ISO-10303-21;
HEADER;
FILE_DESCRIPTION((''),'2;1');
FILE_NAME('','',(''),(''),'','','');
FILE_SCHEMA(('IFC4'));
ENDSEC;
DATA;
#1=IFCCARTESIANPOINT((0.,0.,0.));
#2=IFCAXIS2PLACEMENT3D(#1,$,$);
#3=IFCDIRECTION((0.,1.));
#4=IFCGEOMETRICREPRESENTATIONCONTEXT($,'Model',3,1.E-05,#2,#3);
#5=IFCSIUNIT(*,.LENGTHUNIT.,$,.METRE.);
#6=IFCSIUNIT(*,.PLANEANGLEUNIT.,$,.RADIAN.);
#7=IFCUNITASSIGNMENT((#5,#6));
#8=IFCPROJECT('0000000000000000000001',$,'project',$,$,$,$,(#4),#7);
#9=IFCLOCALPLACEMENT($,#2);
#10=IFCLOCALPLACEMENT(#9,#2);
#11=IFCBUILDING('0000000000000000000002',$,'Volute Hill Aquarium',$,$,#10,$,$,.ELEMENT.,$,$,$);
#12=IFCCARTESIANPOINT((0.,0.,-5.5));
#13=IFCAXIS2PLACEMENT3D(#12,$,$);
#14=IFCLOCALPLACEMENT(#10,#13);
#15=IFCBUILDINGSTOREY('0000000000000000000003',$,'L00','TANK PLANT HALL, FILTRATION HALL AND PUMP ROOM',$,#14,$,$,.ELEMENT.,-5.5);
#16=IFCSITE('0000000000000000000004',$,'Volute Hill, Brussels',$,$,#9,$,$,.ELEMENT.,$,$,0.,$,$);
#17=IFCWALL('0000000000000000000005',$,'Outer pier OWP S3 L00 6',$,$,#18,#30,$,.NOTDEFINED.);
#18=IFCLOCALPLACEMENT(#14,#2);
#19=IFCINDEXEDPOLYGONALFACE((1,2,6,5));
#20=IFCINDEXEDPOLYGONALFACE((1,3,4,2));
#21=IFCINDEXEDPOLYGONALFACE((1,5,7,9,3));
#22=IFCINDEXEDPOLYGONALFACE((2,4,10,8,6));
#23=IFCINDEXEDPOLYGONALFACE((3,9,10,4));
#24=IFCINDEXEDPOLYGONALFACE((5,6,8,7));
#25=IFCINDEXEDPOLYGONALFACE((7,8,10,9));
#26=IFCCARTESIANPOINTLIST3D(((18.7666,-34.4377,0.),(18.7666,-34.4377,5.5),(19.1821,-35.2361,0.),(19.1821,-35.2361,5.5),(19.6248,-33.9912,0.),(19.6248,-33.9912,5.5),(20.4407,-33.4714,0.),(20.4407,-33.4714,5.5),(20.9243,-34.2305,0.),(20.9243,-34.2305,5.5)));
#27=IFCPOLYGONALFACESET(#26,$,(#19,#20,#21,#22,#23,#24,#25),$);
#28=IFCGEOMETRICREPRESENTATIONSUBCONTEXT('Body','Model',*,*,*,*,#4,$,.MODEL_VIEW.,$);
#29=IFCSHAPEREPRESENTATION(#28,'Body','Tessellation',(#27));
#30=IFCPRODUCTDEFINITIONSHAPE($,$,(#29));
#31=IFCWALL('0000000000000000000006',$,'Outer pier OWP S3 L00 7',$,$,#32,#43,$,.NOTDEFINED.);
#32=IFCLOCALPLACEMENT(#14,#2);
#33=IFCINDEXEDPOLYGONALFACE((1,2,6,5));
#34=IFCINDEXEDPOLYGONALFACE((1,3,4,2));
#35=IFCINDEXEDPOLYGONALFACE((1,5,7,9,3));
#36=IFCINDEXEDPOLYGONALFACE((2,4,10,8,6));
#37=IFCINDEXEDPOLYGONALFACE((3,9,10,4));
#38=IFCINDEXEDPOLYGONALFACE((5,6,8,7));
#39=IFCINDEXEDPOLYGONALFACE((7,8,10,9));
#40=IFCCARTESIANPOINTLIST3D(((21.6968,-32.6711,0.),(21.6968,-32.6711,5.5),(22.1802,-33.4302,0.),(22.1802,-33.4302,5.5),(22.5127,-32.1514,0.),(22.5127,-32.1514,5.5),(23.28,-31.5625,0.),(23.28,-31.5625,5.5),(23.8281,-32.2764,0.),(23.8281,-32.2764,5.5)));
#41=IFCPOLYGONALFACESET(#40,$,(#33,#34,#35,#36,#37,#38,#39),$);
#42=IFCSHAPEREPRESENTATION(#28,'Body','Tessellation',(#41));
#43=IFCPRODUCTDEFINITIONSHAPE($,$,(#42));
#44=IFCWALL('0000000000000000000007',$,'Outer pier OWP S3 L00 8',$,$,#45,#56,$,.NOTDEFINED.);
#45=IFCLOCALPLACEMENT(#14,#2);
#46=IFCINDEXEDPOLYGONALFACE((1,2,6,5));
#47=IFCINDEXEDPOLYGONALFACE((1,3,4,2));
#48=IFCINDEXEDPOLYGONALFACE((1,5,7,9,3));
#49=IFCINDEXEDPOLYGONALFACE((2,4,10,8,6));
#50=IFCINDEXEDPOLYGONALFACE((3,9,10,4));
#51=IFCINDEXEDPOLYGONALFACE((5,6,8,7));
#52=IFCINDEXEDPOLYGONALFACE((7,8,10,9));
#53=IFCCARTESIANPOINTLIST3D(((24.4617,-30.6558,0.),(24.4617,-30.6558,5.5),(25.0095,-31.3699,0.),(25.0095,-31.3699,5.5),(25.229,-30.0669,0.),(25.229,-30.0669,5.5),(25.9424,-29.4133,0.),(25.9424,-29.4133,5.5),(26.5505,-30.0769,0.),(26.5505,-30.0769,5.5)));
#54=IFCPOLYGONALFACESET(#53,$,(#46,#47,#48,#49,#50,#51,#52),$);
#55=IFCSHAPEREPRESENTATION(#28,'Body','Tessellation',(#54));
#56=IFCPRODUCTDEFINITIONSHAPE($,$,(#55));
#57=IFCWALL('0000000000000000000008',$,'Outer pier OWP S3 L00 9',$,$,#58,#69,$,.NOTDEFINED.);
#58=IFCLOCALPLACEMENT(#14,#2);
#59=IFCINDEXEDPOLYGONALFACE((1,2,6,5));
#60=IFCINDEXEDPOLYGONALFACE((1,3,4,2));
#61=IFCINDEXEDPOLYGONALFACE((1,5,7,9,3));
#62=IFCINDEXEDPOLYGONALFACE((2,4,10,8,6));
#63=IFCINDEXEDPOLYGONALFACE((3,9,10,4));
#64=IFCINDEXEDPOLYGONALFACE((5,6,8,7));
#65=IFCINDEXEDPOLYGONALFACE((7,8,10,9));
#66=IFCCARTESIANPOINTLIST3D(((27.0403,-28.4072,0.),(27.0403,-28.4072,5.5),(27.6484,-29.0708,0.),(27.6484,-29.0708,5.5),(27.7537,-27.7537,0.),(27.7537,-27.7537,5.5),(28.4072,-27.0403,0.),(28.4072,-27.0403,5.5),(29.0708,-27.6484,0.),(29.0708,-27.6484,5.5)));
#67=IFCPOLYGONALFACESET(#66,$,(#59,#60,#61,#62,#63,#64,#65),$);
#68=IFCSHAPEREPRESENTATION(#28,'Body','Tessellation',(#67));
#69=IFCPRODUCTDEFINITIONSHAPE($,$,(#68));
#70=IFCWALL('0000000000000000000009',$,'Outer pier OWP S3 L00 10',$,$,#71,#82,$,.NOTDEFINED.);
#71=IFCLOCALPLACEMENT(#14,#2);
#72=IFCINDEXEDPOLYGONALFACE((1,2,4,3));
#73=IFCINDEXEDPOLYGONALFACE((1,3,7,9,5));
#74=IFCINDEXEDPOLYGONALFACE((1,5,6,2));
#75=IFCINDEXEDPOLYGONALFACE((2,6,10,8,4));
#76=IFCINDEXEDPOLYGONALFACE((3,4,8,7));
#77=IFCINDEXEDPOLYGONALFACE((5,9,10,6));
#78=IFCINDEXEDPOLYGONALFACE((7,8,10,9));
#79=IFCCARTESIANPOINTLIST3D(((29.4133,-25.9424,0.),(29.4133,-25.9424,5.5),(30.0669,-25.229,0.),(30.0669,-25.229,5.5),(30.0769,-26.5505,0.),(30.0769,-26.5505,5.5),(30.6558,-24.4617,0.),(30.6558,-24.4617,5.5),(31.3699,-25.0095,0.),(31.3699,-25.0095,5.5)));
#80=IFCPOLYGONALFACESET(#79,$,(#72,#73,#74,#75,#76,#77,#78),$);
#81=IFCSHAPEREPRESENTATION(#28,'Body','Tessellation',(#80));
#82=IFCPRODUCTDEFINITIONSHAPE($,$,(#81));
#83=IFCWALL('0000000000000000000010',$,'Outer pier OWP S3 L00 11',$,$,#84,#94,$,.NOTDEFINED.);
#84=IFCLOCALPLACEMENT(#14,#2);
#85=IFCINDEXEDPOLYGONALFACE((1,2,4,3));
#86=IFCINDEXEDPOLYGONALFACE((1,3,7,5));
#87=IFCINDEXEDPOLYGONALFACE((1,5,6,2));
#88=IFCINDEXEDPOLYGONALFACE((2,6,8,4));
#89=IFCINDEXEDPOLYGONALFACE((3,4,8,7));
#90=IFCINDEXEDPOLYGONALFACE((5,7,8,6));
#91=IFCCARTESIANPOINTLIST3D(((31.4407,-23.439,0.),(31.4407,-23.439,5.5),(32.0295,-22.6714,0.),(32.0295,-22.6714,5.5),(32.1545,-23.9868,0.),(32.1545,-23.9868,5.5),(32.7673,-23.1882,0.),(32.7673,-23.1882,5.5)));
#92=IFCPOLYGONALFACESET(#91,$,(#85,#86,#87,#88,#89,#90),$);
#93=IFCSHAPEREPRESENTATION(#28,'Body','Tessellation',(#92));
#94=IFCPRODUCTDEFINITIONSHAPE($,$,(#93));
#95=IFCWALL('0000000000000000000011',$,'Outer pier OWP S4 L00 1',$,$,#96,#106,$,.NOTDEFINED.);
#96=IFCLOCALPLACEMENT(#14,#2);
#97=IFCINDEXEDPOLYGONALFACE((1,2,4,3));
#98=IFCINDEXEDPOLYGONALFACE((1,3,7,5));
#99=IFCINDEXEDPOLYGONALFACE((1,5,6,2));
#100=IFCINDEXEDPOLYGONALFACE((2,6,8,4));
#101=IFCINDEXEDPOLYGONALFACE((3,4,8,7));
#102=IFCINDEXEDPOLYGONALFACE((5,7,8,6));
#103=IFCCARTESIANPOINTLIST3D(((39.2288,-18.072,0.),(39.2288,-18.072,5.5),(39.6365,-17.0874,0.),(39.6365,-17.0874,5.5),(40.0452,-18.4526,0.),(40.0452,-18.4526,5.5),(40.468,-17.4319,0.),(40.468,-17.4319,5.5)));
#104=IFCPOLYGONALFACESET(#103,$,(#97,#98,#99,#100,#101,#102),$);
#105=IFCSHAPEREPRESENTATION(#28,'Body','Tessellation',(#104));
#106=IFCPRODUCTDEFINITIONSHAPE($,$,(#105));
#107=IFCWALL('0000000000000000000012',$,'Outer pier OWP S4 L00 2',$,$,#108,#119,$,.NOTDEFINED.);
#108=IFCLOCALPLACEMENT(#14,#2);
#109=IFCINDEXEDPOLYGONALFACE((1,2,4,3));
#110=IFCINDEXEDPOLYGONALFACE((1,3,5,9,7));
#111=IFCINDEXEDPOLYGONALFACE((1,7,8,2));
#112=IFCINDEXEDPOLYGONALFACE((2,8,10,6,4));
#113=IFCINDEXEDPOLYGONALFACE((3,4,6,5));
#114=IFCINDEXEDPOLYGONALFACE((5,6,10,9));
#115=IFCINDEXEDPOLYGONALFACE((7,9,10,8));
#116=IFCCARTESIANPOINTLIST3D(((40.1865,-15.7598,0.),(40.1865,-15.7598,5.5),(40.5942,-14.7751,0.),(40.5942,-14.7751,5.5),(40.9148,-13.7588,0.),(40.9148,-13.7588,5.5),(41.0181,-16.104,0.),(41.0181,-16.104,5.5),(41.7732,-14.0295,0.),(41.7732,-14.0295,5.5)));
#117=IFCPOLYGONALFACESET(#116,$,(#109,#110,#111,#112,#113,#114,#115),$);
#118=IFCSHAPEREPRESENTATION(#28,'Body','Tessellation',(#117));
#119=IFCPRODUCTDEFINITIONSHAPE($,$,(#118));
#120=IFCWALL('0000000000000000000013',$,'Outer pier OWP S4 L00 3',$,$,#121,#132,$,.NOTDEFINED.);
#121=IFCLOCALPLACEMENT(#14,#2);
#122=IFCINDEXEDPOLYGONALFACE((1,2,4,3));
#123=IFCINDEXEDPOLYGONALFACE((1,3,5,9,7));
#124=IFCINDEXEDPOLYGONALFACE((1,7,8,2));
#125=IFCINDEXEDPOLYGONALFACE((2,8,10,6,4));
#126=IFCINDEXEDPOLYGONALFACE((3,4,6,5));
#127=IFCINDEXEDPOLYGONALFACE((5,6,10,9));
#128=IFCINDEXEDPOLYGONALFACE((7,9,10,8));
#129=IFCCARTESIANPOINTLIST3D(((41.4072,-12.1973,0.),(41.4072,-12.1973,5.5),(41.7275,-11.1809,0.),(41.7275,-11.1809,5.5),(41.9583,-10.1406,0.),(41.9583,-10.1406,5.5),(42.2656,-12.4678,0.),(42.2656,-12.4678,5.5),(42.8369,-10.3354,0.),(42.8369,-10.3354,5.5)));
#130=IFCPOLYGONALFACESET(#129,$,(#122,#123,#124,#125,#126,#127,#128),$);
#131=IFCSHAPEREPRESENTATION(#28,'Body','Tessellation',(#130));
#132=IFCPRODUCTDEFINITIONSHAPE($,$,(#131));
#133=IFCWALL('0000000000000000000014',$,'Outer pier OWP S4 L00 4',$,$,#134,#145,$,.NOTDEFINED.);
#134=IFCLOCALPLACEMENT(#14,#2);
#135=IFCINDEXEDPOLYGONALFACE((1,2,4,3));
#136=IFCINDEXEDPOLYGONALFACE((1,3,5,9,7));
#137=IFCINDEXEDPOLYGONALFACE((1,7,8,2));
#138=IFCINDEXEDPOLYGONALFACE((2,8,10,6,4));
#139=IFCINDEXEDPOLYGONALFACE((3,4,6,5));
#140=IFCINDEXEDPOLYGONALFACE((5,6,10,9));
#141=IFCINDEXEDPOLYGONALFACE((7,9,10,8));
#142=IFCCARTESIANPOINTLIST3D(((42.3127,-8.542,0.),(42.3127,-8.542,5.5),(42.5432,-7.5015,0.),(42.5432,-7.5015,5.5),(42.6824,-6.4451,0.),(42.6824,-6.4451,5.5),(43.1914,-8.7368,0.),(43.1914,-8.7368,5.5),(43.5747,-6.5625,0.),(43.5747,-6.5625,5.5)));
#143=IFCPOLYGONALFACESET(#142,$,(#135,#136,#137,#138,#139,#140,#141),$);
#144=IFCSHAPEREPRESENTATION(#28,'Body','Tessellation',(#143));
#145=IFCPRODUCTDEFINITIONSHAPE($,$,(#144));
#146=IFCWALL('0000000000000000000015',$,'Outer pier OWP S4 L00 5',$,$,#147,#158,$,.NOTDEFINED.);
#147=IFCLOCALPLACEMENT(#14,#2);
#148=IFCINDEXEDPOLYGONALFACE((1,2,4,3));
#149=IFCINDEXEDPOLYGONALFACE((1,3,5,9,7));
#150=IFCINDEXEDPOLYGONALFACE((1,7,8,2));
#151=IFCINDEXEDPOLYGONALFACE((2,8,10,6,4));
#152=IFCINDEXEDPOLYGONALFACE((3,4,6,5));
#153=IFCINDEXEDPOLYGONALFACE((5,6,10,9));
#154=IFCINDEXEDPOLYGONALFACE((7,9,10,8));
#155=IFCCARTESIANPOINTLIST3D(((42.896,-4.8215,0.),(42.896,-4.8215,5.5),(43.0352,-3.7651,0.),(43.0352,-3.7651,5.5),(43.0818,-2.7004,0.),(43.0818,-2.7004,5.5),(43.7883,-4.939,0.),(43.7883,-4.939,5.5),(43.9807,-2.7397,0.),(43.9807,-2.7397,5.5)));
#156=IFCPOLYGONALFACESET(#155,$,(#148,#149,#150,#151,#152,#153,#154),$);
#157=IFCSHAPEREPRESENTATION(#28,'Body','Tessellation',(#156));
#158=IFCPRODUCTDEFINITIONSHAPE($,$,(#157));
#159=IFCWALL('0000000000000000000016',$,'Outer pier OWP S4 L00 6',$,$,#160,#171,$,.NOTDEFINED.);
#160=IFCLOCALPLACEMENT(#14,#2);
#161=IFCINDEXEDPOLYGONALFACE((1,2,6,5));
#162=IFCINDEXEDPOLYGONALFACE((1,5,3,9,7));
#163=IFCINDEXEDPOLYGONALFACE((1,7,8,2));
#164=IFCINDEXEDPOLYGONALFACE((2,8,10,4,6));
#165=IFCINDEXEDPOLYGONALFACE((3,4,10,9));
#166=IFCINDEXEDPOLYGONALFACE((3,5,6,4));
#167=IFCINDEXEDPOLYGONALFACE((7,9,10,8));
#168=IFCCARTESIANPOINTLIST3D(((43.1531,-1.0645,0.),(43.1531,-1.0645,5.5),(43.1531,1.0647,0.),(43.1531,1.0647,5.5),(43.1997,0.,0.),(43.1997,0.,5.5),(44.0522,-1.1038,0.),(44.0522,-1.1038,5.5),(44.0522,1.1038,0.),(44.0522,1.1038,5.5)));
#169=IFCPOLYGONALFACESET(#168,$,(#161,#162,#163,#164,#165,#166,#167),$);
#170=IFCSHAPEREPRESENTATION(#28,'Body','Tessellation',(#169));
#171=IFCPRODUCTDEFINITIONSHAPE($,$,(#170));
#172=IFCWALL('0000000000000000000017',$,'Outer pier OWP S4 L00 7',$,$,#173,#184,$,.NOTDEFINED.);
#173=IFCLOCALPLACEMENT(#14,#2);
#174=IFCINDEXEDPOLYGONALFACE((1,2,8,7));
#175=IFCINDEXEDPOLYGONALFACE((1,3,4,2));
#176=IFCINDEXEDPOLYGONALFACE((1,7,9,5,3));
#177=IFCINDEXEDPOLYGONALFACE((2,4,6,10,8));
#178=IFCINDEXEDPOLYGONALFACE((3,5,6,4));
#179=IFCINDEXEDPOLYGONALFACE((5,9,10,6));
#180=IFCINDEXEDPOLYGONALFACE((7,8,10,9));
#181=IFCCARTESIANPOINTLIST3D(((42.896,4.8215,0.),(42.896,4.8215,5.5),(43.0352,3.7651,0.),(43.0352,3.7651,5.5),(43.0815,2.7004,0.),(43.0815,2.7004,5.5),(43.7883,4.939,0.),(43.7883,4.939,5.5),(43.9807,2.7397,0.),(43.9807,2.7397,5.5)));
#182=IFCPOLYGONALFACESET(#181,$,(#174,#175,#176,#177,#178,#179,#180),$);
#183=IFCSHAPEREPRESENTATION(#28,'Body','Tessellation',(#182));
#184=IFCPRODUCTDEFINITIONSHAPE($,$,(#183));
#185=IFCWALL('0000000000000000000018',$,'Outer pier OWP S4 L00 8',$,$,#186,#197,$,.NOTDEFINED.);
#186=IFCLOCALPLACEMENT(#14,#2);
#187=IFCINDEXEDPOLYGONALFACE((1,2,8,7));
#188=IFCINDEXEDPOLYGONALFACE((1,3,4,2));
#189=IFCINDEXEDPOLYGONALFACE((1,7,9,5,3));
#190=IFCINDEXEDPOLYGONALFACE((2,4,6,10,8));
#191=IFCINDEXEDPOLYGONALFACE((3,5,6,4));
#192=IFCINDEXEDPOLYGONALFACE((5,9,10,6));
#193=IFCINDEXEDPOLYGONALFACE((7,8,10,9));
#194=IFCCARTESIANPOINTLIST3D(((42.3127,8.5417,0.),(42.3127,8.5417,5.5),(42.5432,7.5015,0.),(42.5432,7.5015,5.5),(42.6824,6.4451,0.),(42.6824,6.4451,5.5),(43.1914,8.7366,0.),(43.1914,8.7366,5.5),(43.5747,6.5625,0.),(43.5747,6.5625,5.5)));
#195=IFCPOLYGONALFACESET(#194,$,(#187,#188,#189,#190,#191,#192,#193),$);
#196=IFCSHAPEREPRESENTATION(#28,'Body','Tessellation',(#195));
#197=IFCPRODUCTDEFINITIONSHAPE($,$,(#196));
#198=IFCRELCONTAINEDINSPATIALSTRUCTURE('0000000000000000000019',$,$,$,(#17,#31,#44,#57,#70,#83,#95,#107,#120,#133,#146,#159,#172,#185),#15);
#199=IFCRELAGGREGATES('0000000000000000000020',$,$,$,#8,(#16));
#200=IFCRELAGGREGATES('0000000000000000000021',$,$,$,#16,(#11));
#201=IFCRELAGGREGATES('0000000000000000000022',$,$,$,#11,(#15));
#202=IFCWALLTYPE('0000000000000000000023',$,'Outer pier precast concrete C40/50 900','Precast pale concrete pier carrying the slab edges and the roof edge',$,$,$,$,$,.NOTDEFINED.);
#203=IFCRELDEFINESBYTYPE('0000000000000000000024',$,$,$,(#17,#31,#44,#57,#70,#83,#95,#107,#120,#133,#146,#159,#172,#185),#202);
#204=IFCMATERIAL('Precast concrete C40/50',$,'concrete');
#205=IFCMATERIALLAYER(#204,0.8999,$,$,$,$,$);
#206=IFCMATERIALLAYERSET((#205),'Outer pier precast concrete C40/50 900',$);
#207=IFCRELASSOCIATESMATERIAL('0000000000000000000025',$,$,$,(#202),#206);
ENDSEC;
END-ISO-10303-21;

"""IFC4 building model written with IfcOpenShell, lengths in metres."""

from ifc_helpers import new_model, si_unit, direction, frame, origin, place, context, subcontext, project, spatial, polyline, outline, extrude, material, layer, layer_set, type_object, element, save


model = new_model("IFC4")

# Units and contexts
model_context = context("Model", 3, precision=1e-05, world=origin(), true_north=direction((0.0, 1.0)))
body_context = subcontext(model_context, "Body", "Model", "MODEL_VIEW")
ifc_project = project(units=[si_unit("LENGTHUNIT", "METRE"), si_unit("PLANEANGLEUNIT", "RADIAN")], contexts=[model_context])

# Site, building, storey
site_placement = place(None, origin())
site = spatial("IfcSite", under=ifc_project, at=site_placement, Name="Volute Hill, Brussels", CompositionType="ELEMENT", RefElevation=0.0)
building_placement = place(site_placement, origin())
building = spatial("IfcBuilding", under=site, at=building_placement, Name="Volute Hill Aquarium", CompositionType="ELEMENT")
storey_placement = place(building_placement, frame((0.0, 0.0, -5.5)))
storey = spatial("IfcBuildingStorey", under=building, at=storey_placement, Name="L00", Description="TANK PLANT HALL, FILTRATION HALL AND PUMP ROOM", CompositionType="ELEMENT", Elevation=-5.5)

# Walls
ifc_material = material(Name="Precast concrete C40/50", Category="concrete")
ifc_layer = layer(ifc_material, 0.8999)
ifc_layer_set = layer_set([ifc_layer], Name="Outer pier precast concrete C40/50 900")
wall_type = type_object("IfcWallType", Name="Outer pier precast concrete C40/50 900", Description="Precast pale concrete pier carrying the slab edges and the roof edge", PredefinedType="NOTDEFINED", material=ifc_layer_set)
wall_1_placement = place(storey_placement, origin())
element("IfcWall", 1, at=wall_1_placement, inside=storey, type_object=wall_type, Name="Outer pier OWP S3 L00 6", PredefinedType="NOTDEFINED", context=body_context, shape_type="SweptSolid", body=[
    extrude(outline(polyline([(18.7666, -34.4377), (19.1821, -35.2361), (20.9243, -34.2305), (20.4407, -33.4714), (19.6248, -33.9912), (18.7666, -34.4377)])), origin(), (0.0, 0.0, 1.0), 5.5),
])
wall_2_placement = place(storey_placement, origin())
element("IfcWall", 2, at=wall_2_placement, inside=storey, type_object=wall_type, Name="Outer pier OWP S3 L00 7", PredefinedType="NOTDEFINED", context=body_context, shape_type="SweptSolid", body=[
    extrude(outline(polyline([(21.6968, -32.6711), (22.1802, -33.4302), (23.8281, -32.2764), (23.28, -31.5625), (22.5127, -32.1514), (21.6968, -32.6711)])), origin(), (0.0, 0.0, 1.0), 5.5),
])
wall_3_placement = place(storey_placement, origin())
element("IfcWall", 3, at=wall_3_placement, inside=storey, type_object=wall_type, Name="Outer pier OWP S3 L00 8", PredefinedType="NOTDEFINED", context=body_context, shape_type="SweptSolid", body=[
    extrude(outline(polyline([(24.4617, -30.6558), (25.0095, -31.3699), (26.5505, -30.0769), (25.9424, -29.4133), (25.229, -30.0669), (24.4617, -30.6558)])), origin(), (0.0, 0.0, 1.0), 5.5),
])
wall_4_placement = place(storey_placement, origin())
element("IfcWall", 4, at=wall_4_placement, inside=storey, type_object=wall_type, Name="Outer pier OWP S3 L00 9", PredefinedType="NOTDEFINED", context=body_context, shape_type="SweptSolid", body=[
    extrude(outline(polyline([(27.0403, -28.4072), (27.6484, -29.0708), (29.0708, -27.6484), (28.4072, -27.0403), (27.7537, -27.7537), (27.0403, -28.4072)])), origin(), (0.0, 0.0, 1.0), 5.5),
])
wall_5_placement = place(storey_placement, origin())
element("IfcWall", 5, at=wall_5_placement, inside=storey, type_object=wall_type, Name="Outer pier OWP S3 L00 10", PredefinedType="NOTDEFINED", context=body_context, shape_type="SweptSolid", body=[
    extrude(outline(polyline([(29.4133, -25.9424), (30.0769, -26.5505), (31.3699, -25.0095), (30.6558, -24.4617), (30.0669, -25.229), (29.4133, -25.9424)])), origin(), (0.0, 0.0, 1.0), 5.5),
])
wall_6_placement = place(storey_placement, origin())
element("IfcWall", 6, at=wall_6_placement, inside=storey, type_object=wall_type, Name="Outer pier OWP S3 L00 11", PredefinedType="NOTDEFINED", context=body_context, shape_type="SweptSolid", body=[
    extrude(outline(polyline([(31.4407, -23.439), (32.1545, -23.9868), (32.7673, -23.1882), (32.0295, -22.6714), (31.4407, -23.439)])), origin(), (0.0, 0.0, 1.0), 5.5),
])
wall_7_placement = place(storey_placement, origin())
element("IfcWall", 7, at=wall_7_placement, inside=storey, type_object=wall_type, Name="Outer pier OWP S4 L00 1", PredefinedType="NOTDEFINED", context=body_context, shape_type="SweptSolid", body=[
    extrude(outline(polyline([(39.2288, -18.072), (40.0452, -18.4526), (40.468, -17.4319), (39.6365, -17.0874), (39.2288, -18.072)])), origin(), (0.0, 0.0, 1.0), 5.5),
])
wall_8_placement = place(storey_placement, origin())
element("IfcWall", 8, at=wall_8_placement, inside=storey, type_object=wall_type, Name="Outer pier OWP S4 L00 2", PredefinedType="NOTDEFINED", context=body_context, shape_type="SweptSolid", body=[
    extrude(outline(polyline([(40.1865, -15.7598), (41.0181, -16.104), (41.7732, -14.0295), (40.9148, -13.7588), (40.5942, -14.7751), (40.1865, -15.7598)])), origin(), (0.0, 0.0, 1.0), 5.5),
])
wall_9_placement = place(storey_placement, origin())
element("IfcWall", 9, at=wall_9_placement, inside=storey, type_object=wall_type, Name="Outer pier OWP S4 L00 3", PredefinedType="NOTDEFINED", context=body_context, shape_type="SweptSolid", body=[
    extrude(outline(polyline([(41.4072, -12.1973), (42.2656, -12.4678), (42.8369, -10.3354), (41.9583, -10.1406), (41.7275, -11.1809), (41.4072, -12.1973)])), origin(), (0.0, 0.0, 1.0), 5.5),
])
wall_10_placement = place(storey_placement, origin())
element("IfcWall", 10, at=wall_10_placement, inside=storey, type_object=wall_type, Name="Outer pier OWP S4 L00 4", PredefinedType="NOTDEFINED", context=body_context, shape_type="SweptSolid", body=[
    extrude(outline(polyline([(42.3127, -8.542), (43.1914, -8.7368), (43.5747, -6.5625), (42.6824, -6.4451), (42.5432, -7.5015), (42.3127, -8.542)])), origin(), (0.0, 0.0, 1.0), 5.5),
])
wall_11_placement = place(storey_placement, origin())
element("IfcWall", 11, at=wall_11_placement, inside=storey, type_object=wall_type, Name="Outer pier OWP S4 L00 5", PredefinedType="NOTDEFINED", context=body_context, shape_type="SweptSolid", body=[
    extrude(outline(polyline([(42.896, -4.8215), (43.7883, -4.939), (43.9807, -2.7397), (43.0818, -2.7004), (43.0352, -3.7651), (42.896, -4.8215)])), origin(), (0.0, 0.0, 1.0), 5.5),
])
wall_12_placement = place(storey_placement, origin())
element("IfcWall", 12, at=wall_12_placement, inside=storey, type_object=wall_type, Name="Outer pier OWP S4 L00 6", PredefinedType="NOTDEFINED", context=body_context, shape_type="SweptSolid", body=[
    extrude(outline(polyline([(43.1531, -1.0645), (44.0522, -1.1038), (44.0522, 1.1038), (43.1531, 1.0647), (43.1997, 0.0), (43.1531, -1.0645)])), origin(), (0.0, 0.0, 1.0), 5.5),
])
wall_13_placement = place(storey_placement, origin())
element("IfcWall", 13, at=wall_13_placement, inside=storey, type_object=wall_type, Name="Outer pier OWP S4 L00 7", PredefinedType="NOTDEFINED", context=body_context, shape_type="SweptSolid", body=[
    extrude(outline(polyline([(43.0815, 2.7004), (43.9807, 2.7397), (43.7883, 4.939), (42.896, 4.8215), (43.0352, 3.7651), (43.0815, 2.7004)])), origin(), (0.0, 0.0, 1.0), 5.5),
])
wall_14_placement = place(storey_placement, origin())
element("IfcWall", 14, at=wall_14_placement, inside=storey, type_object=wall_type, Name="Outer pier OWP S4 L00 8", PredefinedType="NOTDEFINED", context=body_context, shape_type="SweptSolid", body=[
    extrude(outline(polyline([(42.6824, 6.4451), (43.5747, 6.5625), (43.1914, 8.7366), (42.3127, 8.5417), (42.5432, 7.5015), (42.6824, 6.4451)])), origin(), (0.0, 0.0, 1.0), 5.5),
])

save(model, "model.ifc")
